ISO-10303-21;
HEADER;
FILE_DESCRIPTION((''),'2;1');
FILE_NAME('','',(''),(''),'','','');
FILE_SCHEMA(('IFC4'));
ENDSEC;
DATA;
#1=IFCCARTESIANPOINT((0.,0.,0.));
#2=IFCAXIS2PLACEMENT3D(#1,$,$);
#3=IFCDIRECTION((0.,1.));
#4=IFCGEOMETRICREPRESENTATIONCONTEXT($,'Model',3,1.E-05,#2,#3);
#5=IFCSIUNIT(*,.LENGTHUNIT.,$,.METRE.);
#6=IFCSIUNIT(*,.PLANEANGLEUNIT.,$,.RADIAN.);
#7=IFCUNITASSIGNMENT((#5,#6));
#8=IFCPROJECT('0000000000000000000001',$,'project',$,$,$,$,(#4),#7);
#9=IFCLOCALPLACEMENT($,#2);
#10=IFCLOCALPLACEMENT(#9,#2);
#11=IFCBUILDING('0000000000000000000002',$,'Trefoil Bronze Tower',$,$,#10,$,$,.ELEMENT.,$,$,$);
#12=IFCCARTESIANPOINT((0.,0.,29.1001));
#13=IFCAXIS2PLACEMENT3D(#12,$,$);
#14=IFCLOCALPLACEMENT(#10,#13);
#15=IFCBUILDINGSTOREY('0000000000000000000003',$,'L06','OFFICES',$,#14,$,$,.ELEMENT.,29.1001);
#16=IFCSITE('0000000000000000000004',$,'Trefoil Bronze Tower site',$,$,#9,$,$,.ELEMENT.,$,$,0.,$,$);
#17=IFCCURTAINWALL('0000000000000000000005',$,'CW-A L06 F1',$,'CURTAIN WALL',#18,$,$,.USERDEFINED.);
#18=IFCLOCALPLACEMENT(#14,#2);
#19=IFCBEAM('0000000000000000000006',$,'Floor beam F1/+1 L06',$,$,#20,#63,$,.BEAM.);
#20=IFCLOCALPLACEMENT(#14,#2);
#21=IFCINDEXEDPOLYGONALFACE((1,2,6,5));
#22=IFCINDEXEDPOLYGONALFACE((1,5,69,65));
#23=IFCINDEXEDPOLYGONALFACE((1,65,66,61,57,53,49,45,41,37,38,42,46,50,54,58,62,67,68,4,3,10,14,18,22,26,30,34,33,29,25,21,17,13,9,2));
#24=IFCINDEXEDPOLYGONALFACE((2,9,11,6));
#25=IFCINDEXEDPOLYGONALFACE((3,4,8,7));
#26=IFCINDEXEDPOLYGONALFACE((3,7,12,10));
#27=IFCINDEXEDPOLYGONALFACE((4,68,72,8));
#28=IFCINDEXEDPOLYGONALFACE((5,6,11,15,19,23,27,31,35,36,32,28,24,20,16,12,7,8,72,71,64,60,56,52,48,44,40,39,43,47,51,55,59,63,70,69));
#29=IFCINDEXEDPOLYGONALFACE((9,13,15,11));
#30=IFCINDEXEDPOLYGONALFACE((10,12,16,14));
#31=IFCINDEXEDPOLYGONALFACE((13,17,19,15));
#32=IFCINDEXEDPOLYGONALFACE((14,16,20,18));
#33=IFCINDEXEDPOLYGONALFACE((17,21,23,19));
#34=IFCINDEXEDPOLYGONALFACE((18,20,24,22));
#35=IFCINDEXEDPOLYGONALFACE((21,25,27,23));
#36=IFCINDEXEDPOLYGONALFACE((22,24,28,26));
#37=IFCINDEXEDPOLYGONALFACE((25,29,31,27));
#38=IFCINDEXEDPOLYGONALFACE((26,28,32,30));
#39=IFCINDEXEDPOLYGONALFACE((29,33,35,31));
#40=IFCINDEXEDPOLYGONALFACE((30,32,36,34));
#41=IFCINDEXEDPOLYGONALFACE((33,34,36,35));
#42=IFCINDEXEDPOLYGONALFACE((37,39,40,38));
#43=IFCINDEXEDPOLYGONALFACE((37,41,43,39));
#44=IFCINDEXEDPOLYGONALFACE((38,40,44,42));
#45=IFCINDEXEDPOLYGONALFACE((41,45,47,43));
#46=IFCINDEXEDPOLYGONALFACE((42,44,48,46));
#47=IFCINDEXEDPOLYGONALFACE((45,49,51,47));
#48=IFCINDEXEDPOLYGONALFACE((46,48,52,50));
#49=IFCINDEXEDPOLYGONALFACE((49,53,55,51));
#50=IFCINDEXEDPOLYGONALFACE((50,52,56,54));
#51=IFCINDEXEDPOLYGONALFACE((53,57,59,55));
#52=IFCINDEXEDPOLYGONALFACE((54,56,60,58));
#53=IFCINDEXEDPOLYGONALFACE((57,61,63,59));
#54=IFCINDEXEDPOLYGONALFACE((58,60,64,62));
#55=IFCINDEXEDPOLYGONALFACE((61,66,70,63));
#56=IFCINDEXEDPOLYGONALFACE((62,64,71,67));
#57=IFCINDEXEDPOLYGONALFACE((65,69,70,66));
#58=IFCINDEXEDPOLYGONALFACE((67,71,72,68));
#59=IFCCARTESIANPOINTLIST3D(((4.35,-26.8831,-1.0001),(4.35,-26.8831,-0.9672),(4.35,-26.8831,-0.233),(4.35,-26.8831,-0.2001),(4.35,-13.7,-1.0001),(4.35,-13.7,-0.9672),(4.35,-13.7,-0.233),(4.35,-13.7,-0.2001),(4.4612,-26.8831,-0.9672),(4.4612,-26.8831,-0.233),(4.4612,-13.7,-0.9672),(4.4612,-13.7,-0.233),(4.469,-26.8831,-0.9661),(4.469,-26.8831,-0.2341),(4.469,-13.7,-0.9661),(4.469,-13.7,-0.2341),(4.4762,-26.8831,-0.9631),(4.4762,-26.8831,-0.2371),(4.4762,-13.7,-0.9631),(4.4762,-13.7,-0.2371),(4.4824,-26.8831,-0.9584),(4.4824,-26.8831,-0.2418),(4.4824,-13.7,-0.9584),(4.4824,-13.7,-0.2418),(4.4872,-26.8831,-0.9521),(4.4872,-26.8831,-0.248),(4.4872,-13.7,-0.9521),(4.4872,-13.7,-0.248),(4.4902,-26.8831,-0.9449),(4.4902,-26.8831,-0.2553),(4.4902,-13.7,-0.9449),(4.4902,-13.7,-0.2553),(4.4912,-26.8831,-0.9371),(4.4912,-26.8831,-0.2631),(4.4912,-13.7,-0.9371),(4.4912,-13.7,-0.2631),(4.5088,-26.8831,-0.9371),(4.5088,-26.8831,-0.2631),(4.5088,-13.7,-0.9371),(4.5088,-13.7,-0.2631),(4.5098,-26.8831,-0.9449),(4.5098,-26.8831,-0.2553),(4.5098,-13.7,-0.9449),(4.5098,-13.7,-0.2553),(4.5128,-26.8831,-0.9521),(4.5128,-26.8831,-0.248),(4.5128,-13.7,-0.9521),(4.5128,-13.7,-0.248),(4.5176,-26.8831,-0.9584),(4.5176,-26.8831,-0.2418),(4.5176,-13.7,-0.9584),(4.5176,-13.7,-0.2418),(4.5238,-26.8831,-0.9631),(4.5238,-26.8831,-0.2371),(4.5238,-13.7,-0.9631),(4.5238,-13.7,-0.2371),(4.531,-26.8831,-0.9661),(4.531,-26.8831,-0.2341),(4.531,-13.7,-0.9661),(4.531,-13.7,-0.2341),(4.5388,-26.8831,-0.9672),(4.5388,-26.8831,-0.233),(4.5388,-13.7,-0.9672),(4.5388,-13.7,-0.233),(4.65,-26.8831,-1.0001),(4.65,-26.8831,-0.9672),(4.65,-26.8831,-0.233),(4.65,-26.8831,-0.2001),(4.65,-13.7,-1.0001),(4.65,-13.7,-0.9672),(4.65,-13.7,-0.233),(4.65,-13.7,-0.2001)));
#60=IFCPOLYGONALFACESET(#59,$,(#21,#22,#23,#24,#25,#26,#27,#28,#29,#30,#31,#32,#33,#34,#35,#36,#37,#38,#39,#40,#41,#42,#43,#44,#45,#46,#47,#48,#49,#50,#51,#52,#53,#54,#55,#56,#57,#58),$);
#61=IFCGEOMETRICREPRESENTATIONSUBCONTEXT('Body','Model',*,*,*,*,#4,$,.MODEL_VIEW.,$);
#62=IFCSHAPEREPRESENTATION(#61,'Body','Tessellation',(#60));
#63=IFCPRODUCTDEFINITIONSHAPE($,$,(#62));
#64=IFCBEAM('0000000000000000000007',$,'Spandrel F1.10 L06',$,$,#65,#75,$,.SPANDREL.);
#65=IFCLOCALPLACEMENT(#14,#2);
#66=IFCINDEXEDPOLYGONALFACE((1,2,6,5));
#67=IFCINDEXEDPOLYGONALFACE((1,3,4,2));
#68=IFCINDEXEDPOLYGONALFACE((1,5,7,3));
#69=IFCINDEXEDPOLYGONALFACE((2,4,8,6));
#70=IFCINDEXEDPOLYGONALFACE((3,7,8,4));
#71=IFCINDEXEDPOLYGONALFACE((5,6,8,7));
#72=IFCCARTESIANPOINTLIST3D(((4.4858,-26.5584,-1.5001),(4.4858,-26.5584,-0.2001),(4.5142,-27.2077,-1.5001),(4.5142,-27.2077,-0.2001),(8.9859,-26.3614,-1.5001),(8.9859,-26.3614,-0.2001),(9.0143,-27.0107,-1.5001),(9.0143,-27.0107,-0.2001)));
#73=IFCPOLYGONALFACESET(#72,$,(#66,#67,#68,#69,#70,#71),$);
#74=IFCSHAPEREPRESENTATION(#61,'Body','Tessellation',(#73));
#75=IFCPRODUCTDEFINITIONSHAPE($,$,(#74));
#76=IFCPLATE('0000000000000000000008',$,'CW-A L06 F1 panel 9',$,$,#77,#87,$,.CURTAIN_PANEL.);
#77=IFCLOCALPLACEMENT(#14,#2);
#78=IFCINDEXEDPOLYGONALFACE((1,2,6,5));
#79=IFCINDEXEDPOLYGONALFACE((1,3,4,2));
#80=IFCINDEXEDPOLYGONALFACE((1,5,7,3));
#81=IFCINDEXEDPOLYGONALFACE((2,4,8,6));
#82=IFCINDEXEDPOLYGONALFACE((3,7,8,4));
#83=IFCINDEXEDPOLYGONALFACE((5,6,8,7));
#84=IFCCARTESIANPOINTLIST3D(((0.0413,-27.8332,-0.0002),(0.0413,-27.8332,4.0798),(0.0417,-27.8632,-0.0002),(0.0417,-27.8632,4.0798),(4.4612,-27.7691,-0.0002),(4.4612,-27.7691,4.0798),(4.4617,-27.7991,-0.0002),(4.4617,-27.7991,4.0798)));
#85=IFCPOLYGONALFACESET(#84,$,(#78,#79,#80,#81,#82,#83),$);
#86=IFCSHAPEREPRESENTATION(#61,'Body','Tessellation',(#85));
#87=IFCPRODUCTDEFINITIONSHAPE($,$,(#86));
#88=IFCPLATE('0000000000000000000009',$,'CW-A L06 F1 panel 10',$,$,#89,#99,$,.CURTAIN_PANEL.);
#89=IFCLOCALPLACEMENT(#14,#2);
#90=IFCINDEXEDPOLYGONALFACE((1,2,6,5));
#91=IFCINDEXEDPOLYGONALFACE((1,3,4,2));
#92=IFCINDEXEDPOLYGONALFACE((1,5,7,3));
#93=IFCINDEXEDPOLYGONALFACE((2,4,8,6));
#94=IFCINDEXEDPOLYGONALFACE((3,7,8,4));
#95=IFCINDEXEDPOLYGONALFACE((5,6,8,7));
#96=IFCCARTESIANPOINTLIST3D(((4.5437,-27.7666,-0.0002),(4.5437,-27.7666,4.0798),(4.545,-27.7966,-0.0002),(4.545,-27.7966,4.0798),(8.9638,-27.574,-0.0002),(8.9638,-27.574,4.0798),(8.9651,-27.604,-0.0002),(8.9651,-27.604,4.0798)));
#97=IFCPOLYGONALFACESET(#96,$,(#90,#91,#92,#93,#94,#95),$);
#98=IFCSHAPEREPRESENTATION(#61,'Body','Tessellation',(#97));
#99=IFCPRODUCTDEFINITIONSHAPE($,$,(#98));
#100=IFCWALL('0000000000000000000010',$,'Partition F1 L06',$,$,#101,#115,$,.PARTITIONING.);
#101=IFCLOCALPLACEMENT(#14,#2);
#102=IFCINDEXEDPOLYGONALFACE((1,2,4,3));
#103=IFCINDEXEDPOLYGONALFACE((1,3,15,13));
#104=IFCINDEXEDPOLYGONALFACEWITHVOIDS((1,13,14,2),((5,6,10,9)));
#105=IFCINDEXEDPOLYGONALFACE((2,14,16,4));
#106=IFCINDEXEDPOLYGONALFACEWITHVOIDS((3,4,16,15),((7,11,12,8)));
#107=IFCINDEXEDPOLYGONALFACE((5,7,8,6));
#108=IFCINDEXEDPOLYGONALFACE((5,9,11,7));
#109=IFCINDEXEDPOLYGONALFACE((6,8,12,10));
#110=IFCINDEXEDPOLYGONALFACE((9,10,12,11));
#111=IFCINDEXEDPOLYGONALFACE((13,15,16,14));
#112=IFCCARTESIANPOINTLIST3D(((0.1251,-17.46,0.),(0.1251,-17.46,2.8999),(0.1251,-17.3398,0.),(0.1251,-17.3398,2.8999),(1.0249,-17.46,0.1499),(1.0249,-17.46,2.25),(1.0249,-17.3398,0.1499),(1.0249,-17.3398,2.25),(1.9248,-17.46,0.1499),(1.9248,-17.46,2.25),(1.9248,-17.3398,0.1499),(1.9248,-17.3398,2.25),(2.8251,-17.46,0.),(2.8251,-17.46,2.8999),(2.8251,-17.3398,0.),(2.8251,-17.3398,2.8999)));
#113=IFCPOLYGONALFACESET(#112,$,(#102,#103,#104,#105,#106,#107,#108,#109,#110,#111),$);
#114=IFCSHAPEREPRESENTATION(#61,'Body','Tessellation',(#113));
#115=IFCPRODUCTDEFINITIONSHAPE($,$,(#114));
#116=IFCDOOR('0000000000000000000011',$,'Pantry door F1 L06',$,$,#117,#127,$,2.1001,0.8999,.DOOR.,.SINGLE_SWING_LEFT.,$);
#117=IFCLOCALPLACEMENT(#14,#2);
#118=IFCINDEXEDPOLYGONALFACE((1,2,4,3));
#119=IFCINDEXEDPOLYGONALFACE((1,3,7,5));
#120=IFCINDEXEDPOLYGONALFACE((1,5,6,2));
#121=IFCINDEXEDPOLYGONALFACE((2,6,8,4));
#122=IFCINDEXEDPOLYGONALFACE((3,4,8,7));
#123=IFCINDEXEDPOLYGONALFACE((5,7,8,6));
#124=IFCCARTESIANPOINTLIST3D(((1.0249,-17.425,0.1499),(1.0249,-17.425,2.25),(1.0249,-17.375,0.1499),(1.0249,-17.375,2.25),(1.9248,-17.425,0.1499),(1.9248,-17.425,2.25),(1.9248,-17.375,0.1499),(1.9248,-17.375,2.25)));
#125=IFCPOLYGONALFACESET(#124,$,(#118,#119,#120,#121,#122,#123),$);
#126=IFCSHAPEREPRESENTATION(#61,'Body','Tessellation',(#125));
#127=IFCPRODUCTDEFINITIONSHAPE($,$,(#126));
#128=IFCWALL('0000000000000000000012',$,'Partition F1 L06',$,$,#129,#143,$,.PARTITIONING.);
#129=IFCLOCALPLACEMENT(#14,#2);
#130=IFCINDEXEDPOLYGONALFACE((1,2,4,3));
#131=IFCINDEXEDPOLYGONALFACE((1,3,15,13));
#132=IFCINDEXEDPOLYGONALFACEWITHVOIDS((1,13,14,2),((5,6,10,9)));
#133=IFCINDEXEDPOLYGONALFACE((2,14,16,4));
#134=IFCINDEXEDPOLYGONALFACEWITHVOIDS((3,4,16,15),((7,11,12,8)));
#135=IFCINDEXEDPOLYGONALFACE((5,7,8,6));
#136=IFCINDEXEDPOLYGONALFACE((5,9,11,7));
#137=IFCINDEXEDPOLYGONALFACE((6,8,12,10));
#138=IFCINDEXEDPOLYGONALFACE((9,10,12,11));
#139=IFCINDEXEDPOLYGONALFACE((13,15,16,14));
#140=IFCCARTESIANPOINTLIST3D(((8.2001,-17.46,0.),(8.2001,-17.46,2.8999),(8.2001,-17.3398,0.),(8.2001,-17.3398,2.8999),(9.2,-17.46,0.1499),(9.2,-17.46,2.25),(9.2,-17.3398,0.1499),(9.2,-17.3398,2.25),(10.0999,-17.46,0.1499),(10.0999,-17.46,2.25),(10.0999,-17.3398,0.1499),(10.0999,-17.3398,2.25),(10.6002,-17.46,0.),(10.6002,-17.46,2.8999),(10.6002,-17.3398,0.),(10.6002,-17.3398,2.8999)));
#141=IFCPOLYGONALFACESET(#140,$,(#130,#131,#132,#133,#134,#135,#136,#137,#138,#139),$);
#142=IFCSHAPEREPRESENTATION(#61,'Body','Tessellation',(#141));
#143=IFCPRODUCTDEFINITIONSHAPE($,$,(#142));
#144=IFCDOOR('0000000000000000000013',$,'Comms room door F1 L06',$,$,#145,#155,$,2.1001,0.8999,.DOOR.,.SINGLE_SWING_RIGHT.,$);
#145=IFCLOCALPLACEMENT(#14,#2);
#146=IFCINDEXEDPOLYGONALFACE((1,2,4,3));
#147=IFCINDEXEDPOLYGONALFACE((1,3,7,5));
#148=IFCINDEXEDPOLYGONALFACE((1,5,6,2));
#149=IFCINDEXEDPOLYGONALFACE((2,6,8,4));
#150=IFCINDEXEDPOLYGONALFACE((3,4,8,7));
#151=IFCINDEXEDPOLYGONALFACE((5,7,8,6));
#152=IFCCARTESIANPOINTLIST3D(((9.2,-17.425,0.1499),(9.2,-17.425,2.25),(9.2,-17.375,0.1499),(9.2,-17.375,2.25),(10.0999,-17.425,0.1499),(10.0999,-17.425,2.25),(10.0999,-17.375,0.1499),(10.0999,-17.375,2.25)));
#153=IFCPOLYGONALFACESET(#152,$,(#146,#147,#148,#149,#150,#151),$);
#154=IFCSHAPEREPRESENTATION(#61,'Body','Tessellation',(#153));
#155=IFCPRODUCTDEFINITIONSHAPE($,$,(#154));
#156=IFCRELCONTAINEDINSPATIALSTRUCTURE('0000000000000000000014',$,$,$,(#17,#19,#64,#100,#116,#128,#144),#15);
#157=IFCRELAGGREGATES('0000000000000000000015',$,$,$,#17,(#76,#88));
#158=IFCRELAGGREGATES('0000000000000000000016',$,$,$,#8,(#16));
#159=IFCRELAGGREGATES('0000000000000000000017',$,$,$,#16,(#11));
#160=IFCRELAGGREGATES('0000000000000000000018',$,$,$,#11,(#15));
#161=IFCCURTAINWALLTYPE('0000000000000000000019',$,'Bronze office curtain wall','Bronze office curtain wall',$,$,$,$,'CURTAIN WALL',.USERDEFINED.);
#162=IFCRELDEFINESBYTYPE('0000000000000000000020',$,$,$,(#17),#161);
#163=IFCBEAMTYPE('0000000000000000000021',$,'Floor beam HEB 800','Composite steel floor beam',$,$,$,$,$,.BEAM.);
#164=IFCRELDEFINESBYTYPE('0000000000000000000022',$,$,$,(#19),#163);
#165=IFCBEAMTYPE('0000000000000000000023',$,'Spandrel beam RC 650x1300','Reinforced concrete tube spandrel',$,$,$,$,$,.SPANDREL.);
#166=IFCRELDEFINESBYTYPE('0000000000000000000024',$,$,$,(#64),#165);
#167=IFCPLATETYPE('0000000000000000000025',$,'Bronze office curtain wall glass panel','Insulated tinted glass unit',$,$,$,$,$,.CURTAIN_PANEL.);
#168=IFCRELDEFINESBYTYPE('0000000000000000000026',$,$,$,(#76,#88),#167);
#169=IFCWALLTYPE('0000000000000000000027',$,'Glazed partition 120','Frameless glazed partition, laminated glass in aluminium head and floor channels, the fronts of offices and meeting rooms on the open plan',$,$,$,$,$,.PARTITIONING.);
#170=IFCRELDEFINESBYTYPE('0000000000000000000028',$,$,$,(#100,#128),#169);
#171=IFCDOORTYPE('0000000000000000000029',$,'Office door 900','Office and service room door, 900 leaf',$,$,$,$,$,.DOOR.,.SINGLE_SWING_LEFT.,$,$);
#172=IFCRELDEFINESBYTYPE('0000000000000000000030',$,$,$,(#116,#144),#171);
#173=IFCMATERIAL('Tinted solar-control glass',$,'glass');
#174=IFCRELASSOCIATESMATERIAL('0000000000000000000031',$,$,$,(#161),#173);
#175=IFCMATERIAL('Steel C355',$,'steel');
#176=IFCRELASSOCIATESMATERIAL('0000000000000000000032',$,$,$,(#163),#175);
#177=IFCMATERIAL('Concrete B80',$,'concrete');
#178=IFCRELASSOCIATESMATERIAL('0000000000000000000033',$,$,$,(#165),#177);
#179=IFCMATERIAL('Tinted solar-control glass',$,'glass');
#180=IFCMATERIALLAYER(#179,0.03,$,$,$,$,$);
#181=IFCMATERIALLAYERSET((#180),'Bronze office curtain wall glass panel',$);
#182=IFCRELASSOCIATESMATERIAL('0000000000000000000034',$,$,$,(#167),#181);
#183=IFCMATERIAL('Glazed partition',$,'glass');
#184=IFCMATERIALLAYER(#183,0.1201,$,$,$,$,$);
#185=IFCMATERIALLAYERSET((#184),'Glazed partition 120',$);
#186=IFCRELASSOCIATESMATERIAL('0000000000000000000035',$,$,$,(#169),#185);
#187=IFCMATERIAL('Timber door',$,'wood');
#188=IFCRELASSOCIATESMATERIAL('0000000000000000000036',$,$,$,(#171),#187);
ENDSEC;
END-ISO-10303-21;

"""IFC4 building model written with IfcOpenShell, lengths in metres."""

from ifc_helpers import new_model, si_unit, direction, frame, frame_2d, origin, origin_2d, place, context, subcontext, project, spatial, rectangle, i_section, extrude, material, layer, layer_set, material_profile, profile_set, type_object, element, fill, aggregate, save


model = new_model("IFC4")

# Units and contexts
model_context = context("Model", 3, precision=1e-05, world=origin(), true_north=direction((0.0, 1.0)))
body_context = subcontext(model_context, "Body", "Model", "MODEL_VIEW")
ifc_project = project(units=[si_unit("LENGTHUNIT", "METRE"), si_unit("PLANEANGLEUNIT", "RADIAN")], contexts=[model_context])

# Site, building, storey
site_placement = place(None, origin())
site = spatial("IfcSite", under=ifc_project, at=site_placement, Name="Trefoil Bronze Tower site", CompositionType="ELEMENT", RefElevation=0.0)
building_placement = place(site_placement, origin())
building = spatial("IfcBuilding", under=site, at=building_placement, Name="Trefoil Bronze Tower", CompositionType="ELEMENT")
storey_placement = place(building_placement, frame((0.0, 0.0, 29.1001)))
storey = spatial("IfcBuildingStorey", under=building, at=storey_placement, Name="L06", Description="OFFICES", CompositionType="ELEMENT", Elevation=29.1001)

# Curtain wall
ifc_material_1 = material(Name="Tinted solar-control glass", Category="glass")
curtain_wall_type = type_object("IfcCurtainWallType", Name="Bronze office curtain wall", Description="Bronze office curtain wall", ElementType="CURTAIN WALL", PredefinedType="USERDEFINED", material=ifc_material_1)
curtain_wall_placement = place(storey_placement, origin())
curtain_wall = element("IfcCurtainWall", 1, at=curtain_wall_placement, inside=storey, type_object=curtain_wall_type, Name="CW-A L06 F1", ObjectType="CURTAIN WALL", PredefinedType="USERDEFINED")

# Beams
ifc_material_2 = material(Name="Steel C355", Category="steel")
ifc_material_profile_1 = material_profile(ifc_material_2, i_section(OverallWidth=0.3, OverallDepth=0.8, WebThickness=0.0176, FlangeThickness=0.033, FilletRadius=0.03, at=origin_2d()), Name="HEB 800")
ifc_profile_set_1 = profile_set([ifc_material_profile_1], Name="Steel C355")
beam_type_1 = type_object("IfcBeamType", Name="Floor beam HEB 800", Description="Composite steel floor beam", PredefinedType="BEAM", material=ifc_profile_set_1)
beam_1_placement = place(storey_placement, frame((4.5, -26.8831, -0.6001), z_axis=(0.0, 1.0, 0.0), x_axis=(-1.0, 0.0, 0.0)))
element("IfcBeam", 2, at=beam_1_placement, inside=storey, type_object=beam_type_1, Name="Floor beam F1/+1 L06", PredefinedType="BEAM", context=body_context, shape_type="SweptSolid", body=[
    extrude(i_section(OverallWidth=0.3, OverallDepth=0.8, WebThickness=0.0176, FlangeThickness=0.033, FilletRadius=0.03, at=origin_2d()), origin(), (0.0, 0.0, 1.0), 13.1831),
])
ifc_material_3 = material(Name="Concrete B80", Category="concrete")
ifc_material_profile_2 = material_profile(ifc_material_3, rectangle(XDim=0.6499, YDim=1.3, at=origin_2d()), Name="RC 650x1300")
ifc_profile_set_2 = profile_set([ifc_material_profile_2], Name="Concrete B80")
beam_type_2 = type_object("IfcBeamType", Name="Spandrel beam RC 650x1300", Description="Reinforced concrete tube spandrel", PredefinedType="SPANDREL", material=ifc_profile_set_2)
beam_2_placement = place(storey_placement, frame((4.5, -26.8831, -0.8501), z_axis=(0.999043, 0.043741, 0.0), x_axis=(-0.043741, 0.999043, 0.0)))
element("IfcBeam", 3, at=beam_2_placement, inside=storey, type_object=beam_type_2, Name="Spandrel F1.10 L06", PredefinedType="SPANDREL", context=body_context, shape_type="SweptSolid", body=[
    extrude(rectangle(XDim=0.6499, YDim=1.3, at=origin_2d()), origin(), (0.0, 0.0, 1.0), 4.5044),
])

# Plates
ifc_material_4 = material(Name="Tinted solar-control glass", Category="glass")
ifc_layer_1 = layer(ifc_material_4, 0.03)
ifc_layer_set_1 = layer_set([ifc_layer_1], Name="Bronze office curtain wall glass panel")
plate_type = type_object("IfcPlateType", Name="Bronze office curtain wall glass panel", Description="Insulated tinted glass unit", PredefinedType="CURTAIN_PANEL", material=ifc_layer_set_1)
plate_1_placement = place(storey_placement, frame((2.2515, -27.8162, -0.0002), z_axis=(0.0, 0.0, 1.0), x_axis=(0.999895, 0.014509, 0.0)))
plate_1 = element("IfcPlate", 4, at=plate_1_placement, type_object=plate_type, Name="CW-A L06 F1 panel 9", PredefinedType="CURTAIN_PANEL", context=body_context, shape_type="SweptSolid", body=[
    extrude(rectangle(XDim=4.4204, YDim=0.03, at=origin_2d()), origin(), (0.0, 0.0, 1.0), 4.0801),
])
plate_2_placement = place(storey_placement, frame((6.7544, -27.6853, -0.0002), z_axis=(0.0, 0.0, 1.0), x_axis=(0.999052, 0.043528, 0.0)))
plate_2 = element("IfcPlate", 5, at=plate_2_placement, type_object=plate_type, Name="CW-A L06 F1 panel 10", PredefinedType="CURTAIN_PANEL", context=body_context, shape_type="SweptSolid", body=[
    extrude(rectangle(XDim=4.4243, YDim=0.03, at=origin_2d()), origin(), (0.0, 0.0, 1.0), 4.0801),
])
aggregate(curtain_wall, [plate_1, plate_2])

# Walls, openings, doors
ifc_material_5 = material(Name="Glazed partition", Category="glass")
ifc_layer_2 = layer(ifc_material_5, 0.1201)
ifc_layer_set_2 = layer_set([ifc_layer_2], Name="Glazed partition 120")
wall_type = type_object("IfcWallType", Name="Glazed partition 120", Description="Frameless glazed partition, laminated glass in aluminium head and floor channels, the fronts of offices and meeting rooms on the open plan", PredefinedType="PARTITIONING", material=ifc_layer_set_2)
wall_1_placement = place(storey_placement, frame((0.125, -17.3999, 0.0), z_axis=(0.0, 0.0, 1.0), x_axis=(1.0, 0.0, 0.0)))
wall_1 = element("IfcWall", 6, at=wall_1_placement, inside=storey, type_object=wall_type, Name="Partition F1 L06", PredefinedType="PARTITIONING", context=body_context, shape_type="SweptSolid", body=[
    extrude(rectangle(XDim=2.7, YDim=0.1201, at=frame_2d((1.3501, 0.0))), origin(), (0.0, 0.0, 1.0), 2.8999),
])
opening_1_placement = place(wall_1_placement, frame((0.8999, 0.0, 0.1499)))
opening_1 = element("IfcOpeningElement", 7, at=opening_1_placement, cuts=wall_1, PredefinedType="OPENING", context=body_context, shape_type="SweptSolid", body=[
    extrude(rectangle(XDim=0.8999, YDim=2.1001, at=frame_2d((0.45, 1.05))), frame((0.0, 0.0701, 0.0), z_axis=(0.0, -1.0, 0.0), x_axis=(1.0, 0.0, 0.0)), (0.0, 0.0, 1.0), 0.1401),
])
ifc_material_6 = material(Name="Timber door", Category="wood")
door_type_1 = type_object("IfcDoorType", Name="Office door 900", Description="Office and service room door, 900 leaf", OperationType="SINGLE_SWING_LEFT", PredefinedType="DOOR", material=ifc_material_6)
door_1_placement = place(opening_1_placement, origin())
door_1 = element("IfcDoor", 8, at=door_1_placement, inside=storey, type_object=door_type_1, Name="Pantry door F1 L06", OperationType="SINGLE_SWING_LEFT", OverallHeight=2.1001, OverallWidth=0.8999, PredefinedType="DOOR", context=body_context, shape_type="SweptSolid", body=[
    extrude(rectangle(XDim=0.8999, YDim=2.1001, at=frame_2d((0.45, 1.05))), frame((0.0, 0.0249, 0.0), z_axis=(0.0, -1.0, 0.0), x_axis=(1.0, 0.0, 0.0)), (0.0, 0.0, 1.0), 0.05),
])
fill(opening_1, door_1)
wall_2_placement = place(storey_placement, frame((8.2, -17.3999, 0.0), z_axis=(0.0, 0.0, 1.0), x_axis=(1.0, 0.0, 0.0)))
wall_2 = element("IfcWall", 9, at=wall_2_placement, inside=storey, type_object=wall_type, Name="Partition F1 L06", PredefinedType="PARTITIONING", context=body_context, shape_type="SweptSolid", body=[
    extrude(rectangle(XDim=2.4001, YDim=0.1201, at=frame_2d((1.2002, 0.0))), origin(), (0.0, 0.0, 1.0), 2.8999),
])
opening_2_placement = place(wall_2_placement, frame((1.0, 0.0, 0.1499)))
opening_2 = element("IfcOpeningElement", 10, at=opening_2_placement, cuts=wall_2, PredefinedType="OPENING", context=body_context, shape_type="SweptSolid", body=[
    extrude(rectangle(XDim=0.8999, YDim=2.1001, at=frame_2d((0.45, 1.05))), frame((0.0, 0.0701, 0.0), z_axis=(0.0, -1.0, 0.0), x_axis=(1.0, 0.0, 0.0)), (0.0, 0.0, 1.0), 0.1401),
])
door_2_placement = place(opening_2_placement, origin())
door_2 = element("IfcDoor", 11, at=door_2_placement, inside=storey, type_object=door_type_1, Name="Comms room door F1 L06", OperationType="SINGLE_SWING_RIGHT", OverallHeight=2.1001, OverallWidth=0.8999, PredefinedType="DOOR", context=body_context, shape_type="SweptSolid", body=[
    extrude(rectangle(XDim=0.8999, YDim=2.1001, at=frame_2d((0.45, 1.05))), frame((0.0, 0.0249, 0.0), z_axis=(0.0, -1.0, 0.0), x_axis=(1.0, 0.0, 0.0)), (0.0, 0.0, 1.0), 0.05),
])
fill(opening_2, door_2)

save(model, "model.ifc")
